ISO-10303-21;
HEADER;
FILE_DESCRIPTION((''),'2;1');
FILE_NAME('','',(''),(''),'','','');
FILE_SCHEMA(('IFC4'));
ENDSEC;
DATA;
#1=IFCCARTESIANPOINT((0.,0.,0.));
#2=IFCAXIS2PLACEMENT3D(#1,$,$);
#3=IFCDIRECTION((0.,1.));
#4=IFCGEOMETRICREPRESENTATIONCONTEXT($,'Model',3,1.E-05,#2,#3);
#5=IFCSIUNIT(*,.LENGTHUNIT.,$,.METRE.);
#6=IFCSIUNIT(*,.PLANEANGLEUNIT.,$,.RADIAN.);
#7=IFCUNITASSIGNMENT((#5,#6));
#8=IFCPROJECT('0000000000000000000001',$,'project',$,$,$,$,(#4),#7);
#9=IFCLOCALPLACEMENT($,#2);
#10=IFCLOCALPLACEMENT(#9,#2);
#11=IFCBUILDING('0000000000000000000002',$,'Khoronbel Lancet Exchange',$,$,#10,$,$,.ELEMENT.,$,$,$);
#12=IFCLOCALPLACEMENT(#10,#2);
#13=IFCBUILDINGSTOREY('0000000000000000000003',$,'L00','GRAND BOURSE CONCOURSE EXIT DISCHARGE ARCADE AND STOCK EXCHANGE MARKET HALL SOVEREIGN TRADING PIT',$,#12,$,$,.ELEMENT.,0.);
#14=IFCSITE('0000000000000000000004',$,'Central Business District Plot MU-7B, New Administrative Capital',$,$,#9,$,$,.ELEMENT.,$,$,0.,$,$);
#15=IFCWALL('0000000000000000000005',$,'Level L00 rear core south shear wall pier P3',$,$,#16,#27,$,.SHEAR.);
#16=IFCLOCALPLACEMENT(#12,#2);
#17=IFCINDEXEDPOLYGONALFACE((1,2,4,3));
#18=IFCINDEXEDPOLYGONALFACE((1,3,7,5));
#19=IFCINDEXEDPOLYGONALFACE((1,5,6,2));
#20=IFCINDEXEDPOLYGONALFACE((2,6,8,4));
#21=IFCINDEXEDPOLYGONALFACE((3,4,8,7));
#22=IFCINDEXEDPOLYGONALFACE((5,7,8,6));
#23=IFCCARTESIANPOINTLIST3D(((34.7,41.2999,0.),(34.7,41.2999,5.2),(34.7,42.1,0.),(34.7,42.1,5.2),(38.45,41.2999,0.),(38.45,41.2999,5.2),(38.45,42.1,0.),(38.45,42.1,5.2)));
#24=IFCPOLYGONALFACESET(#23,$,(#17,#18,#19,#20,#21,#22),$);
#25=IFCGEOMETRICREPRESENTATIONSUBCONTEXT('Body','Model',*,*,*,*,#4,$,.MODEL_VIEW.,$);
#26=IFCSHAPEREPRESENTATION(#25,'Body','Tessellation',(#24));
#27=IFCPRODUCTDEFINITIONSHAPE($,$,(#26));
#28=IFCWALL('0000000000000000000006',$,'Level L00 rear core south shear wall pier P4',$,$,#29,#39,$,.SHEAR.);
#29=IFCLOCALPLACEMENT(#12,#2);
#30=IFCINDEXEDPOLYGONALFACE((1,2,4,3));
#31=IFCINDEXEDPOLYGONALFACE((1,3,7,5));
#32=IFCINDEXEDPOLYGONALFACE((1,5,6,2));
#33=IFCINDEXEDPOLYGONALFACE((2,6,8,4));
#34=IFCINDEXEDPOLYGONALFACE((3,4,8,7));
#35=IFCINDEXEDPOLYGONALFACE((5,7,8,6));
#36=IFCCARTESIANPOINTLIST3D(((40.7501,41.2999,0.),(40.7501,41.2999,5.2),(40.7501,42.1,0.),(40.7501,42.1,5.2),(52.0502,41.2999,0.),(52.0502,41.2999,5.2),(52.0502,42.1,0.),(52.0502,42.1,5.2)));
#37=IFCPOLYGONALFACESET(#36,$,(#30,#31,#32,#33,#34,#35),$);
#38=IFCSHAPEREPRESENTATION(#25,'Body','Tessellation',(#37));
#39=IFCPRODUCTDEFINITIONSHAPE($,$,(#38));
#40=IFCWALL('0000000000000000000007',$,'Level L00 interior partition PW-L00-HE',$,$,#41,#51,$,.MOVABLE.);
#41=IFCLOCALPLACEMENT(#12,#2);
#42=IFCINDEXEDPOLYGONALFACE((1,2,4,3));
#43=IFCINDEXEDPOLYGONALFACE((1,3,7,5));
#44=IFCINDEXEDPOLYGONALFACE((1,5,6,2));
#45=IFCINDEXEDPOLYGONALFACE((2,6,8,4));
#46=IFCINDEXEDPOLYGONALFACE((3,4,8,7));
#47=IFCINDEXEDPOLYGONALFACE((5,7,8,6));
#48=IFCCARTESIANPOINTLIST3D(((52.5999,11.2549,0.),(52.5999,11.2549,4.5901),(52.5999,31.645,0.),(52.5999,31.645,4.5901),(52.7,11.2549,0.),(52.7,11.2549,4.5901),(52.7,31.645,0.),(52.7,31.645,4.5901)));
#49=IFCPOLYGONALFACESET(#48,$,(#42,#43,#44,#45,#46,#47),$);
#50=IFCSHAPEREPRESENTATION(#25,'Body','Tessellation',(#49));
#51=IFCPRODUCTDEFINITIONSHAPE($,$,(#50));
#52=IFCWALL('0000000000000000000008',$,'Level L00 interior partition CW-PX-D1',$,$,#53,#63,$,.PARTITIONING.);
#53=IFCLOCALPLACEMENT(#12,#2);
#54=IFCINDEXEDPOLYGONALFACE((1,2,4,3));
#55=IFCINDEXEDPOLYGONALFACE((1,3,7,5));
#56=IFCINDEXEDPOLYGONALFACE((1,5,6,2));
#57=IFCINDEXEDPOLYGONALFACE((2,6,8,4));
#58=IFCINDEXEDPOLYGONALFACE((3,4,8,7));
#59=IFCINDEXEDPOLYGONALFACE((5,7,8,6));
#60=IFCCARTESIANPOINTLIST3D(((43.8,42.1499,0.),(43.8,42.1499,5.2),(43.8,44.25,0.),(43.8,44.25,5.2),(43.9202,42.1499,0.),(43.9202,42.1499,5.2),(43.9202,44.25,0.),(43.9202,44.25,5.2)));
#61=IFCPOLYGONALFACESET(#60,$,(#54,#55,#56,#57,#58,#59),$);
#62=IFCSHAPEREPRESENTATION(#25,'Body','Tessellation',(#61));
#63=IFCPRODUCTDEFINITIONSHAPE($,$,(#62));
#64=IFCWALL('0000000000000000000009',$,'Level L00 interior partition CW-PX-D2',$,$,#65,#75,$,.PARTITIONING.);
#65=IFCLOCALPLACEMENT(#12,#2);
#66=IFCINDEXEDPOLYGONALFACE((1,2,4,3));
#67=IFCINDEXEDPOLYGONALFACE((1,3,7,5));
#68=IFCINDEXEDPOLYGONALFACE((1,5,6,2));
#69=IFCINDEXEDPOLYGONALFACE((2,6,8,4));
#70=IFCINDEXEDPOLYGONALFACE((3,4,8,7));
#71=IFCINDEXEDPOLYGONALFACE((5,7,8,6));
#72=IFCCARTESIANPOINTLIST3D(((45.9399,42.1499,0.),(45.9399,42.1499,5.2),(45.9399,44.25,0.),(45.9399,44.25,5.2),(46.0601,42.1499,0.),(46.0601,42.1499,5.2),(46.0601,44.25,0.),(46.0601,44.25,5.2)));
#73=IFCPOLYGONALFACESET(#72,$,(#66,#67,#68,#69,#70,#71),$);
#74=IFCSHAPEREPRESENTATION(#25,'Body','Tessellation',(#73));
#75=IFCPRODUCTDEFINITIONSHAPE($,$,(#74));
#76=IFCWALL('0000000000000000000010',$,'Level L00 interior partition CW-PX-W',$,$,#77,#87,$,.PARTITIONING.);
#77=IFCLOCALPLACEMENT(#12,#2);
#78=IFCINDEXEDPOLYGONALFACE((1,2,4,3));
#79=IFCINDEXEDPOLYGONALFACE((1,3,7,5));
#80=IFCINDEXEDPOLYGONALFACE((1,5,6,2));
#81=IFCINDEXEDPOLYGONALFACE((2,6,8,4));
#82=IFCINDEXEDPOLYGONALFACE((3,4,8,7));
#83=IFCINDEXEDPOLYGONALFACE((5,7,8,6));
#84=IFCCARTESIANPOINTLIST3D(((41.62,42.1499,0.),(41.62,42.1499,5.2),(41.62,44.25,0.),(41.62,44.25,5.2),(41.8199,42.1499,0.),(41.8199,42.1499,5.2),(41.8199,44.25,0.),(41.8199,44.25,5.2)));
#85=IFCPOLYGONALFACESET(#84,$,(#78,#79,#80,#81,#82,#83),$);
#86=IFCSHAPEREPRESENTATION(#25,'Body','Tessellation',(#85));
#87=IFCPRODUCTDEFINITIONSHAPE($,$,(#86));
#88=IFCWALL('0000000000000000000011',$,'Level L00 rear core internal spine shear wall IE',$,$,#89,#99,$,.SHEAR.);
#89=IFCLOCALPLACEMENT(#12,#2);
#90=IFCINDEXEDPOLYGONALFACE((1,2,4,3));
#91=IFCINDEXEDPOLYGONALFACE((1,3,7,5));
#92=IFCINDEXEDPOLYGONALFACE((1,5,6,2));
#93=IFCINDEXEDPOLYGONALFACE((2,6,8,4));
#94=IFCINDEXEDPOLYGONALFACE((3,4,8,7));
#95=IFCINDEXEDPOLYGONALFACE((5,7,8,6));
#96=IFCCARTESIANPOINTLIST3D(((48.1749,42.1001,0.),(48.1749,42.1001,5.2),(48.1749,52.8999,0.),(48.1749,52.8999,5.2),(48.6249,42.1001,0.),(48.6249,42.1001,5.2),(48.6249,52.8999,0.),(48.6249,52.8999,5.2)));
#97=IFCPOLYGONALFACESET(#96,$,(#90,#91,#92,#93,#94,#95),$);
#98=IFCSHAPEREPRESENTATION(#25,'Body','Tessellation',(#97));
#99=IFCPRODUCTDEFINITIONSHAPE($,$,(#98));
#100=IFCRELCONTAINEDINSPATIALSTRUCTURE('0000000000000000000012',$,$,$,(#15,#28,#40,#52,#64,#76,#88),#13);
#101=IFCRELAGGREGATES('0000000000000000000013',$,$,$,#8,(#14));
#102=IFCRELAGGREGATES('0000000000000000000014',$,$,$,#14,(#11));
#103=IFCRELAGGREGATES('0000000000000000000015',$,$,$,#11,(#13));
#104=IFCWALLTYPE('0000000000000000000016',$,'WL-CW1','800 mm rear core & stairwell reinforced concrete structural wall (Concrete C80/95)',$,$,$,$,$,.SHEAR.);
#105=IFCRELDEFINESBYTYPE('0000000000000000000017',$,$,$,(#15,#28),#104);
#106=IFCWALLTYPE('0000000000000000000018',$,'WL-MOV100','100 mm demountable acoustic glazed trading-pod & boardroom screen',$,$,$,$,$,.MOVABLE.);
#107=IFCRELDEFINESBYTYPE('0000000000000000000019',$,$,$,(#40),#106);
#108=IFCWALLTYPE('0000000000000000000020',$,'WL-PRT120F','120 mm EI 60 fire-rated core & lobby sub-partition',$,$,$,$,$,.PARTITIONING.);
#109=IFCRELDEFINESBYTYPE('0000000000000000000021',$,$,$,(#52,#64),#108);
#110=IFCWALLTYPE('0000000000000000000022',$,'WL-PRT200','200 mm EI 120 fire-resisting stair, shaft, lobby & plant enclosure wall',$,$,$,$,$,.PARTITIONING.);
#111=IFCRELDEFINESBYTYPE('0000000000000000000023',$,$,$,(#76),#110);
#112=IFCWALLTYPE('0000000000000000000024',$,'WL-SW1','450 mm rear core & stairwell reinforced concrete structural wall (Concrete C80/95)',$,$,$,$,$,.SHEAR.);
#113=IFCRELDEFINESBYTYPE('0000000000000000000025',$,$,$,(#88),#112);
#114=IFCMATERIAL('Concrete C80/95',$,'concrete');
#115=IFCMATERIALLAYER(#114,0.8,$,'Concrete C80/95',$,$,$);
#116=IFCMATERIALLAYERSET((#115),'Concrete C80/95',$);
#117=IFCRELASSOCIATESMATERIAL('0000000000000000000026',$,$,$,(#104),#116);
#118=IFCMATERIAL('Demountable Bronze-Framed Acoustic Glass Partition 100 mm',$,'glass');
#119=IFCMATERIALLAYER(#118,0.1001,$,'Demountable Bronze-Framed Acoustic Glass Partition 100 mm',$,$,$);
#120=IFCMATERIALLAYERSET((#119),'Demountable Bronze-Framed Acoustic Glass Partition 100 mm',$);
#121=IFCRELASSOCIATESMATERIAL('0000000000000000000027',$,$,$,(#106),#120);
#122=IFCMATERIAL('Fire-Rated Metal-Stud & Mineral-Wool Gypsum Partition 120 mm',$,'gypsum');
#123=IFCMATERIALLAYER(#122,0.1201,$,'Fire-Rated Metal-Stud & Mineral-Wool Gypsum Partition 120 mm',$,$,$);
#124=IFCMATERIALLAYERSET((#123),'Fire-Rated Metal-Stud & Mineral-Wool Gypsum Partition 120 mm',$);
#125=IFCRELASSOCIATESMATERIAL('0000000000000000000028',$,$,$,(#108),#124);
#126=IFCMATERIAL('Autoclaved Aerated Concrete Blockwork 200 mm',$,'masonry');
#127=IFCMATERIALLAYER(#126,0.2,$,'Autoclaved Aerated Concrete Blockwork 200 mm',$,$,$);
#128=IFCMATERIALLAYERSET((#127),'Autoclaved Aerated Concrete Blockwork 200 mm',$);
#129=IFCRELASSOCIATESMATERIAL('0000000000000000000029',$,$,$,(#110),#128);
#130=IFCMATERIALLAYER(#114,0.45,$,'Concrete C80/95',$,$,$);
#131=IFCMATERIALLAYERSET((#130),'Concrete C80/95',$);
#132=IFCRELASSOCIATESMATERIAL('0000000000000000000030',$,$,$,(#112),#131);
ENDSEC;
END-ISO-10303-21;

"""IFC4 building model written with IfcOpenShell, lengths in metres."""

from ifc_helpers import new_model, si_unit, direction, frame, frame_2d, origin, place, context, subcontext, project, spatial, rectangle, extrude, material, layer, layer_set, type_object, element, save


model = new_model("IFC4")

# Units and contexts
model_context = context("Model", 3, precision=1e-05, world=origin(), true_north=direction((0.0, 1.0)))
body_context = subcontext(model_context, "Body", "Model", "MODEL_VIEW")
ifc_project = project(units=[si_unit("LENGTHUNIT", "METRE"), si_unit("PLANEANGLEUNIT", "RADIAN")], contexts=[model_context])

# Site, building, storey
site_placement = place(None, origin())
site = spatial("IfcSite", under=ifc_project, at=site_placement, Name="Central Business District Plot MU-7B, New Administrative Capital", CompositionType="ELEMENT", RefElevation=0.0)
building_placement = place(site_placement, origin())
building = spatial("IfcBuilding", under=site, at=building_placement, Name="Khoronbel Lancet Exchange", CompositionType="ELEMENT")
storey_placement = place(building_placement, origin())
storey = spatial("IfcBuildingStorey", under=building, at=storey_placement, Name="L00", Description="GRAND BOURSE CONCOURSE EXIT DISCHARGE ARCADE AND STOCK EXCHANGE MARKET HALL SOVEREIGN TRADING PIT", CompositionType="ELEMENT", Elevation=0.0)

# Shared definitions
ifc_material_1 = material(Name="Concrete C80/95", Category="concrete")

# Walls
ifc_layer_1 = layer(ifc_material_1, 0.8, Name="Concrete C80/95")
ifc_layer_set_1 = layer_set([ifc_layer_1], Name="Concrete C80/95")
wall_type_1 = type_object("IfcWallType", Name="WL-CW1", Description="800 mm rear core & stairwell reinforced concrete structural wall (Concrete C80/95)", PredefinedType="SHEAR", material=ifc_layer_set_1)
wall_1_placement = place(storey_placement, frame((38.45, 41.7, 0.0), z_axis=(0.0, 0.0, 1.0), x_axis=(-1.0, 0.0, 0.0)))
element("IfcWall", 1, at=wall_1_placement, inside=storey, type_object=wall_type_1, Name="Level L00 rear core south shear wall pier P3", PredefinedType="SHEAR", context=body_context, shape_type="SweptSolid", body=[
    extrude(rectangle(XDim=3.75, YDim=0.8, at=frame_2d((1.875, 0.0))), origin(), (0.0, 0.0, 1.0), 5.2),
])
wall_2_placement = place(storey_placement, frame((52.05, 41.7, 0.0), z_axis=(0.0, 0.0, 1.0), x_axis=(-1.0, 0.0, 0.0)))
element("IfcWall", 2, at=wall_2_placement, inside=storey, type_object=wall_type_1, Name="Level L00 rear core south shear wall pier P4", PredefinedType="SHEAR", context=body_context, shape_type="SweptSolid", body=[
    extrude(rectangle(XDim=11.3, YDim=0.8, at=frame_2d((5.6499, 0.0))), origin(), (0.0, 0.0, 1.0), 5.2),
])
ifc_material_2 = material(Name="Demountable Bronze-Framed Acoustic Glass Partition 100 mm", Category="glass")
ifc_layer_2 = layer(ifc_material_2, 0.1001, Name="Demountable Bronze-Framed Acoustic Glass Partition 100 mm")
ifc_layer_set_2 = layer_set([ifc_layer_2], Name="Demountable Bronze-Framed Acoustic Glass Partition 100 mm")
wall_type_2 = type_object("IfcWallType", Name="WL-MOV100", Description="100 mm demountable acoustic glazed trading-pod & boardroom screen", PredefinedType="MOVABLE", material=ifc_layer_set_2)
wall_3_placement = place(storey_placement, frame((52.6499, 11.2549, 0.0), z_axis=(0.0, 0.0, 1.0), x_axis=(0.0, 1.0, 0.0)))
element("IfcWall", 3, at=wall_3_placement, inside=storey, type_object=wall_type_2, Name="Level L00 interior partition PW-L00-HE", PredefinedType="MOVABLE", context=body_context, shape_type="SweptSolid", body=[
    extrude(rectangle(XDim=20.3901, YDim=0.1001, at=frame_2d((10.1951, 0.0))), origin(), (0.0, 0.0, 1.0), 4.5901),
])
ifc_material_3 = material(Name="Fire-Rated Metal-Stud & Mineral-Wool Gypsum Partition 120 mm", Category="gypsum")
ifc_layer_3 = layer(ifc_material_3, 0.1201, Name="Fire-Rated Metal-Stud & Mineral-Wool Gypsum Partition 120 mm")
ifc_layer_set_3 = layer_set([ifc_layer_3], Name="Fire-Rated Metal-Stud & Mineral-Wool Gypsum Partition 120 mm")
wall_type_3 = type_object("IfcWallType", Name="WL-PRT120F", Description="120 mm EI 60 fire-rated core & lobby sub-partition", PredefinedType="PARTITIONING", material=ifc_layer_set_3)
for number, where, z_axis, x_axis, name in (
    (4, (43.8601, 42.1499, 0.0), (0.0, 0.0, 1.0), (0.0, 1.0, 0.0), "Level L00 interior partition CW-PX-D1"),
    (5, (46.0, 42.1499, 0.0), (0.0, 0.0, 1.0), (0.0, 1.0, 0.0), "Level L00 interior partition CW-PX-D2"),
):
    element("IfcWall", number, at=place(storey_placement, frame(where, z_axis=z_axis, x_axis=x_axis)), inside=storey, type_object=wall_type_3, Name=name, PredefinedType="PARTITIONING", context=body_context, shape_type="SweptSolid", body=[
        extrude(rectangle(XDim=2.1001, YDim=0.1201, at=frame_2d((1.05, 0.0))), origin(), (0.0, 0.0, 1.0), 5.2),
    ])

# Shared definitions
ifc_material_4 = material(Name="Autoclaved Aerated Concrete Blockwork 200 mm", Category="masonry")
ifc_layer_4 = layer(ifc_material_4, 0.2, Name="Autoclaved Aerated Concrete Blockwork 200 mm")
ifc_layer_set_4 = layer_set([ifc_layer_4], Name="Autoclaved Aerated Concrete Blockwork 200 mm")
wall_type_4 = type_object("IfcWallType", Name="WL-PRT200", Description="200 mm EI 120 fire-resisting stair, shaft, lobby & plant enclosure wall", PredefinedType="PARTITIONING", material=ifc_layer_set_4)

# Walls
wall_4_placement = place(storey_placement, frame((41.72, 42.1499, 0.0), z_axis=(0.0, 0.0, 1.0), x_axis=(0.0, 1.0, 0.0)))
element("IfcWall", 6, at=wall_4_placement, inside=storey, type_object=wall_type_4, Name="Level L00 interior partition CW-PX-W", PredefinedType="PARTITIONING", context=body_context, shape_type="SweptSolid", body=[
    extrude(rectangle(XDim=2.1001, YDim=0.2, at=frame_2d((1.05, 0.0))), origin(), (0.0, 0.0, 1.0), 5.2),
])
ifc_layer_5 = layer(ifc_material_1, 0.45, Name="Concrete C80/95")
ifc_layer_set_5 = layer_set([ifc_layer_5], Name="Concrete C80/95")
wall_type_5 = type_object("IfcWallType", Name="WL-SW1", Description="450 mm rear core & stairwell reinforced concrete structural wall (Concrete C80/95)", PredefinedType="SHEAR", material=ifc_layer_set_5)
wall_5_placement = place(storey_placement, frame((48.3999, 42.1001, 0.0), z_axis=(0.0, 0.0, 1.0), x_axis=(0.0, 1.0, 0.0)))
element("IfcWall", 7, at=wall_5_placement, inside=storey, type_object=wall_type_5, Name="Level L00 rear core internal spine shear wall IE", PredefinedType="SHEAR", context=body_context, shape_type="SweptSolid", body=[
    extrude(rectangle(XDim=10.7998, YDim=0.45, at=frame_2d((5.3999, 0.0))), origin(), (0.0, 0.0, 1.0), 5.2),
])

save(model, "model.ifc")
